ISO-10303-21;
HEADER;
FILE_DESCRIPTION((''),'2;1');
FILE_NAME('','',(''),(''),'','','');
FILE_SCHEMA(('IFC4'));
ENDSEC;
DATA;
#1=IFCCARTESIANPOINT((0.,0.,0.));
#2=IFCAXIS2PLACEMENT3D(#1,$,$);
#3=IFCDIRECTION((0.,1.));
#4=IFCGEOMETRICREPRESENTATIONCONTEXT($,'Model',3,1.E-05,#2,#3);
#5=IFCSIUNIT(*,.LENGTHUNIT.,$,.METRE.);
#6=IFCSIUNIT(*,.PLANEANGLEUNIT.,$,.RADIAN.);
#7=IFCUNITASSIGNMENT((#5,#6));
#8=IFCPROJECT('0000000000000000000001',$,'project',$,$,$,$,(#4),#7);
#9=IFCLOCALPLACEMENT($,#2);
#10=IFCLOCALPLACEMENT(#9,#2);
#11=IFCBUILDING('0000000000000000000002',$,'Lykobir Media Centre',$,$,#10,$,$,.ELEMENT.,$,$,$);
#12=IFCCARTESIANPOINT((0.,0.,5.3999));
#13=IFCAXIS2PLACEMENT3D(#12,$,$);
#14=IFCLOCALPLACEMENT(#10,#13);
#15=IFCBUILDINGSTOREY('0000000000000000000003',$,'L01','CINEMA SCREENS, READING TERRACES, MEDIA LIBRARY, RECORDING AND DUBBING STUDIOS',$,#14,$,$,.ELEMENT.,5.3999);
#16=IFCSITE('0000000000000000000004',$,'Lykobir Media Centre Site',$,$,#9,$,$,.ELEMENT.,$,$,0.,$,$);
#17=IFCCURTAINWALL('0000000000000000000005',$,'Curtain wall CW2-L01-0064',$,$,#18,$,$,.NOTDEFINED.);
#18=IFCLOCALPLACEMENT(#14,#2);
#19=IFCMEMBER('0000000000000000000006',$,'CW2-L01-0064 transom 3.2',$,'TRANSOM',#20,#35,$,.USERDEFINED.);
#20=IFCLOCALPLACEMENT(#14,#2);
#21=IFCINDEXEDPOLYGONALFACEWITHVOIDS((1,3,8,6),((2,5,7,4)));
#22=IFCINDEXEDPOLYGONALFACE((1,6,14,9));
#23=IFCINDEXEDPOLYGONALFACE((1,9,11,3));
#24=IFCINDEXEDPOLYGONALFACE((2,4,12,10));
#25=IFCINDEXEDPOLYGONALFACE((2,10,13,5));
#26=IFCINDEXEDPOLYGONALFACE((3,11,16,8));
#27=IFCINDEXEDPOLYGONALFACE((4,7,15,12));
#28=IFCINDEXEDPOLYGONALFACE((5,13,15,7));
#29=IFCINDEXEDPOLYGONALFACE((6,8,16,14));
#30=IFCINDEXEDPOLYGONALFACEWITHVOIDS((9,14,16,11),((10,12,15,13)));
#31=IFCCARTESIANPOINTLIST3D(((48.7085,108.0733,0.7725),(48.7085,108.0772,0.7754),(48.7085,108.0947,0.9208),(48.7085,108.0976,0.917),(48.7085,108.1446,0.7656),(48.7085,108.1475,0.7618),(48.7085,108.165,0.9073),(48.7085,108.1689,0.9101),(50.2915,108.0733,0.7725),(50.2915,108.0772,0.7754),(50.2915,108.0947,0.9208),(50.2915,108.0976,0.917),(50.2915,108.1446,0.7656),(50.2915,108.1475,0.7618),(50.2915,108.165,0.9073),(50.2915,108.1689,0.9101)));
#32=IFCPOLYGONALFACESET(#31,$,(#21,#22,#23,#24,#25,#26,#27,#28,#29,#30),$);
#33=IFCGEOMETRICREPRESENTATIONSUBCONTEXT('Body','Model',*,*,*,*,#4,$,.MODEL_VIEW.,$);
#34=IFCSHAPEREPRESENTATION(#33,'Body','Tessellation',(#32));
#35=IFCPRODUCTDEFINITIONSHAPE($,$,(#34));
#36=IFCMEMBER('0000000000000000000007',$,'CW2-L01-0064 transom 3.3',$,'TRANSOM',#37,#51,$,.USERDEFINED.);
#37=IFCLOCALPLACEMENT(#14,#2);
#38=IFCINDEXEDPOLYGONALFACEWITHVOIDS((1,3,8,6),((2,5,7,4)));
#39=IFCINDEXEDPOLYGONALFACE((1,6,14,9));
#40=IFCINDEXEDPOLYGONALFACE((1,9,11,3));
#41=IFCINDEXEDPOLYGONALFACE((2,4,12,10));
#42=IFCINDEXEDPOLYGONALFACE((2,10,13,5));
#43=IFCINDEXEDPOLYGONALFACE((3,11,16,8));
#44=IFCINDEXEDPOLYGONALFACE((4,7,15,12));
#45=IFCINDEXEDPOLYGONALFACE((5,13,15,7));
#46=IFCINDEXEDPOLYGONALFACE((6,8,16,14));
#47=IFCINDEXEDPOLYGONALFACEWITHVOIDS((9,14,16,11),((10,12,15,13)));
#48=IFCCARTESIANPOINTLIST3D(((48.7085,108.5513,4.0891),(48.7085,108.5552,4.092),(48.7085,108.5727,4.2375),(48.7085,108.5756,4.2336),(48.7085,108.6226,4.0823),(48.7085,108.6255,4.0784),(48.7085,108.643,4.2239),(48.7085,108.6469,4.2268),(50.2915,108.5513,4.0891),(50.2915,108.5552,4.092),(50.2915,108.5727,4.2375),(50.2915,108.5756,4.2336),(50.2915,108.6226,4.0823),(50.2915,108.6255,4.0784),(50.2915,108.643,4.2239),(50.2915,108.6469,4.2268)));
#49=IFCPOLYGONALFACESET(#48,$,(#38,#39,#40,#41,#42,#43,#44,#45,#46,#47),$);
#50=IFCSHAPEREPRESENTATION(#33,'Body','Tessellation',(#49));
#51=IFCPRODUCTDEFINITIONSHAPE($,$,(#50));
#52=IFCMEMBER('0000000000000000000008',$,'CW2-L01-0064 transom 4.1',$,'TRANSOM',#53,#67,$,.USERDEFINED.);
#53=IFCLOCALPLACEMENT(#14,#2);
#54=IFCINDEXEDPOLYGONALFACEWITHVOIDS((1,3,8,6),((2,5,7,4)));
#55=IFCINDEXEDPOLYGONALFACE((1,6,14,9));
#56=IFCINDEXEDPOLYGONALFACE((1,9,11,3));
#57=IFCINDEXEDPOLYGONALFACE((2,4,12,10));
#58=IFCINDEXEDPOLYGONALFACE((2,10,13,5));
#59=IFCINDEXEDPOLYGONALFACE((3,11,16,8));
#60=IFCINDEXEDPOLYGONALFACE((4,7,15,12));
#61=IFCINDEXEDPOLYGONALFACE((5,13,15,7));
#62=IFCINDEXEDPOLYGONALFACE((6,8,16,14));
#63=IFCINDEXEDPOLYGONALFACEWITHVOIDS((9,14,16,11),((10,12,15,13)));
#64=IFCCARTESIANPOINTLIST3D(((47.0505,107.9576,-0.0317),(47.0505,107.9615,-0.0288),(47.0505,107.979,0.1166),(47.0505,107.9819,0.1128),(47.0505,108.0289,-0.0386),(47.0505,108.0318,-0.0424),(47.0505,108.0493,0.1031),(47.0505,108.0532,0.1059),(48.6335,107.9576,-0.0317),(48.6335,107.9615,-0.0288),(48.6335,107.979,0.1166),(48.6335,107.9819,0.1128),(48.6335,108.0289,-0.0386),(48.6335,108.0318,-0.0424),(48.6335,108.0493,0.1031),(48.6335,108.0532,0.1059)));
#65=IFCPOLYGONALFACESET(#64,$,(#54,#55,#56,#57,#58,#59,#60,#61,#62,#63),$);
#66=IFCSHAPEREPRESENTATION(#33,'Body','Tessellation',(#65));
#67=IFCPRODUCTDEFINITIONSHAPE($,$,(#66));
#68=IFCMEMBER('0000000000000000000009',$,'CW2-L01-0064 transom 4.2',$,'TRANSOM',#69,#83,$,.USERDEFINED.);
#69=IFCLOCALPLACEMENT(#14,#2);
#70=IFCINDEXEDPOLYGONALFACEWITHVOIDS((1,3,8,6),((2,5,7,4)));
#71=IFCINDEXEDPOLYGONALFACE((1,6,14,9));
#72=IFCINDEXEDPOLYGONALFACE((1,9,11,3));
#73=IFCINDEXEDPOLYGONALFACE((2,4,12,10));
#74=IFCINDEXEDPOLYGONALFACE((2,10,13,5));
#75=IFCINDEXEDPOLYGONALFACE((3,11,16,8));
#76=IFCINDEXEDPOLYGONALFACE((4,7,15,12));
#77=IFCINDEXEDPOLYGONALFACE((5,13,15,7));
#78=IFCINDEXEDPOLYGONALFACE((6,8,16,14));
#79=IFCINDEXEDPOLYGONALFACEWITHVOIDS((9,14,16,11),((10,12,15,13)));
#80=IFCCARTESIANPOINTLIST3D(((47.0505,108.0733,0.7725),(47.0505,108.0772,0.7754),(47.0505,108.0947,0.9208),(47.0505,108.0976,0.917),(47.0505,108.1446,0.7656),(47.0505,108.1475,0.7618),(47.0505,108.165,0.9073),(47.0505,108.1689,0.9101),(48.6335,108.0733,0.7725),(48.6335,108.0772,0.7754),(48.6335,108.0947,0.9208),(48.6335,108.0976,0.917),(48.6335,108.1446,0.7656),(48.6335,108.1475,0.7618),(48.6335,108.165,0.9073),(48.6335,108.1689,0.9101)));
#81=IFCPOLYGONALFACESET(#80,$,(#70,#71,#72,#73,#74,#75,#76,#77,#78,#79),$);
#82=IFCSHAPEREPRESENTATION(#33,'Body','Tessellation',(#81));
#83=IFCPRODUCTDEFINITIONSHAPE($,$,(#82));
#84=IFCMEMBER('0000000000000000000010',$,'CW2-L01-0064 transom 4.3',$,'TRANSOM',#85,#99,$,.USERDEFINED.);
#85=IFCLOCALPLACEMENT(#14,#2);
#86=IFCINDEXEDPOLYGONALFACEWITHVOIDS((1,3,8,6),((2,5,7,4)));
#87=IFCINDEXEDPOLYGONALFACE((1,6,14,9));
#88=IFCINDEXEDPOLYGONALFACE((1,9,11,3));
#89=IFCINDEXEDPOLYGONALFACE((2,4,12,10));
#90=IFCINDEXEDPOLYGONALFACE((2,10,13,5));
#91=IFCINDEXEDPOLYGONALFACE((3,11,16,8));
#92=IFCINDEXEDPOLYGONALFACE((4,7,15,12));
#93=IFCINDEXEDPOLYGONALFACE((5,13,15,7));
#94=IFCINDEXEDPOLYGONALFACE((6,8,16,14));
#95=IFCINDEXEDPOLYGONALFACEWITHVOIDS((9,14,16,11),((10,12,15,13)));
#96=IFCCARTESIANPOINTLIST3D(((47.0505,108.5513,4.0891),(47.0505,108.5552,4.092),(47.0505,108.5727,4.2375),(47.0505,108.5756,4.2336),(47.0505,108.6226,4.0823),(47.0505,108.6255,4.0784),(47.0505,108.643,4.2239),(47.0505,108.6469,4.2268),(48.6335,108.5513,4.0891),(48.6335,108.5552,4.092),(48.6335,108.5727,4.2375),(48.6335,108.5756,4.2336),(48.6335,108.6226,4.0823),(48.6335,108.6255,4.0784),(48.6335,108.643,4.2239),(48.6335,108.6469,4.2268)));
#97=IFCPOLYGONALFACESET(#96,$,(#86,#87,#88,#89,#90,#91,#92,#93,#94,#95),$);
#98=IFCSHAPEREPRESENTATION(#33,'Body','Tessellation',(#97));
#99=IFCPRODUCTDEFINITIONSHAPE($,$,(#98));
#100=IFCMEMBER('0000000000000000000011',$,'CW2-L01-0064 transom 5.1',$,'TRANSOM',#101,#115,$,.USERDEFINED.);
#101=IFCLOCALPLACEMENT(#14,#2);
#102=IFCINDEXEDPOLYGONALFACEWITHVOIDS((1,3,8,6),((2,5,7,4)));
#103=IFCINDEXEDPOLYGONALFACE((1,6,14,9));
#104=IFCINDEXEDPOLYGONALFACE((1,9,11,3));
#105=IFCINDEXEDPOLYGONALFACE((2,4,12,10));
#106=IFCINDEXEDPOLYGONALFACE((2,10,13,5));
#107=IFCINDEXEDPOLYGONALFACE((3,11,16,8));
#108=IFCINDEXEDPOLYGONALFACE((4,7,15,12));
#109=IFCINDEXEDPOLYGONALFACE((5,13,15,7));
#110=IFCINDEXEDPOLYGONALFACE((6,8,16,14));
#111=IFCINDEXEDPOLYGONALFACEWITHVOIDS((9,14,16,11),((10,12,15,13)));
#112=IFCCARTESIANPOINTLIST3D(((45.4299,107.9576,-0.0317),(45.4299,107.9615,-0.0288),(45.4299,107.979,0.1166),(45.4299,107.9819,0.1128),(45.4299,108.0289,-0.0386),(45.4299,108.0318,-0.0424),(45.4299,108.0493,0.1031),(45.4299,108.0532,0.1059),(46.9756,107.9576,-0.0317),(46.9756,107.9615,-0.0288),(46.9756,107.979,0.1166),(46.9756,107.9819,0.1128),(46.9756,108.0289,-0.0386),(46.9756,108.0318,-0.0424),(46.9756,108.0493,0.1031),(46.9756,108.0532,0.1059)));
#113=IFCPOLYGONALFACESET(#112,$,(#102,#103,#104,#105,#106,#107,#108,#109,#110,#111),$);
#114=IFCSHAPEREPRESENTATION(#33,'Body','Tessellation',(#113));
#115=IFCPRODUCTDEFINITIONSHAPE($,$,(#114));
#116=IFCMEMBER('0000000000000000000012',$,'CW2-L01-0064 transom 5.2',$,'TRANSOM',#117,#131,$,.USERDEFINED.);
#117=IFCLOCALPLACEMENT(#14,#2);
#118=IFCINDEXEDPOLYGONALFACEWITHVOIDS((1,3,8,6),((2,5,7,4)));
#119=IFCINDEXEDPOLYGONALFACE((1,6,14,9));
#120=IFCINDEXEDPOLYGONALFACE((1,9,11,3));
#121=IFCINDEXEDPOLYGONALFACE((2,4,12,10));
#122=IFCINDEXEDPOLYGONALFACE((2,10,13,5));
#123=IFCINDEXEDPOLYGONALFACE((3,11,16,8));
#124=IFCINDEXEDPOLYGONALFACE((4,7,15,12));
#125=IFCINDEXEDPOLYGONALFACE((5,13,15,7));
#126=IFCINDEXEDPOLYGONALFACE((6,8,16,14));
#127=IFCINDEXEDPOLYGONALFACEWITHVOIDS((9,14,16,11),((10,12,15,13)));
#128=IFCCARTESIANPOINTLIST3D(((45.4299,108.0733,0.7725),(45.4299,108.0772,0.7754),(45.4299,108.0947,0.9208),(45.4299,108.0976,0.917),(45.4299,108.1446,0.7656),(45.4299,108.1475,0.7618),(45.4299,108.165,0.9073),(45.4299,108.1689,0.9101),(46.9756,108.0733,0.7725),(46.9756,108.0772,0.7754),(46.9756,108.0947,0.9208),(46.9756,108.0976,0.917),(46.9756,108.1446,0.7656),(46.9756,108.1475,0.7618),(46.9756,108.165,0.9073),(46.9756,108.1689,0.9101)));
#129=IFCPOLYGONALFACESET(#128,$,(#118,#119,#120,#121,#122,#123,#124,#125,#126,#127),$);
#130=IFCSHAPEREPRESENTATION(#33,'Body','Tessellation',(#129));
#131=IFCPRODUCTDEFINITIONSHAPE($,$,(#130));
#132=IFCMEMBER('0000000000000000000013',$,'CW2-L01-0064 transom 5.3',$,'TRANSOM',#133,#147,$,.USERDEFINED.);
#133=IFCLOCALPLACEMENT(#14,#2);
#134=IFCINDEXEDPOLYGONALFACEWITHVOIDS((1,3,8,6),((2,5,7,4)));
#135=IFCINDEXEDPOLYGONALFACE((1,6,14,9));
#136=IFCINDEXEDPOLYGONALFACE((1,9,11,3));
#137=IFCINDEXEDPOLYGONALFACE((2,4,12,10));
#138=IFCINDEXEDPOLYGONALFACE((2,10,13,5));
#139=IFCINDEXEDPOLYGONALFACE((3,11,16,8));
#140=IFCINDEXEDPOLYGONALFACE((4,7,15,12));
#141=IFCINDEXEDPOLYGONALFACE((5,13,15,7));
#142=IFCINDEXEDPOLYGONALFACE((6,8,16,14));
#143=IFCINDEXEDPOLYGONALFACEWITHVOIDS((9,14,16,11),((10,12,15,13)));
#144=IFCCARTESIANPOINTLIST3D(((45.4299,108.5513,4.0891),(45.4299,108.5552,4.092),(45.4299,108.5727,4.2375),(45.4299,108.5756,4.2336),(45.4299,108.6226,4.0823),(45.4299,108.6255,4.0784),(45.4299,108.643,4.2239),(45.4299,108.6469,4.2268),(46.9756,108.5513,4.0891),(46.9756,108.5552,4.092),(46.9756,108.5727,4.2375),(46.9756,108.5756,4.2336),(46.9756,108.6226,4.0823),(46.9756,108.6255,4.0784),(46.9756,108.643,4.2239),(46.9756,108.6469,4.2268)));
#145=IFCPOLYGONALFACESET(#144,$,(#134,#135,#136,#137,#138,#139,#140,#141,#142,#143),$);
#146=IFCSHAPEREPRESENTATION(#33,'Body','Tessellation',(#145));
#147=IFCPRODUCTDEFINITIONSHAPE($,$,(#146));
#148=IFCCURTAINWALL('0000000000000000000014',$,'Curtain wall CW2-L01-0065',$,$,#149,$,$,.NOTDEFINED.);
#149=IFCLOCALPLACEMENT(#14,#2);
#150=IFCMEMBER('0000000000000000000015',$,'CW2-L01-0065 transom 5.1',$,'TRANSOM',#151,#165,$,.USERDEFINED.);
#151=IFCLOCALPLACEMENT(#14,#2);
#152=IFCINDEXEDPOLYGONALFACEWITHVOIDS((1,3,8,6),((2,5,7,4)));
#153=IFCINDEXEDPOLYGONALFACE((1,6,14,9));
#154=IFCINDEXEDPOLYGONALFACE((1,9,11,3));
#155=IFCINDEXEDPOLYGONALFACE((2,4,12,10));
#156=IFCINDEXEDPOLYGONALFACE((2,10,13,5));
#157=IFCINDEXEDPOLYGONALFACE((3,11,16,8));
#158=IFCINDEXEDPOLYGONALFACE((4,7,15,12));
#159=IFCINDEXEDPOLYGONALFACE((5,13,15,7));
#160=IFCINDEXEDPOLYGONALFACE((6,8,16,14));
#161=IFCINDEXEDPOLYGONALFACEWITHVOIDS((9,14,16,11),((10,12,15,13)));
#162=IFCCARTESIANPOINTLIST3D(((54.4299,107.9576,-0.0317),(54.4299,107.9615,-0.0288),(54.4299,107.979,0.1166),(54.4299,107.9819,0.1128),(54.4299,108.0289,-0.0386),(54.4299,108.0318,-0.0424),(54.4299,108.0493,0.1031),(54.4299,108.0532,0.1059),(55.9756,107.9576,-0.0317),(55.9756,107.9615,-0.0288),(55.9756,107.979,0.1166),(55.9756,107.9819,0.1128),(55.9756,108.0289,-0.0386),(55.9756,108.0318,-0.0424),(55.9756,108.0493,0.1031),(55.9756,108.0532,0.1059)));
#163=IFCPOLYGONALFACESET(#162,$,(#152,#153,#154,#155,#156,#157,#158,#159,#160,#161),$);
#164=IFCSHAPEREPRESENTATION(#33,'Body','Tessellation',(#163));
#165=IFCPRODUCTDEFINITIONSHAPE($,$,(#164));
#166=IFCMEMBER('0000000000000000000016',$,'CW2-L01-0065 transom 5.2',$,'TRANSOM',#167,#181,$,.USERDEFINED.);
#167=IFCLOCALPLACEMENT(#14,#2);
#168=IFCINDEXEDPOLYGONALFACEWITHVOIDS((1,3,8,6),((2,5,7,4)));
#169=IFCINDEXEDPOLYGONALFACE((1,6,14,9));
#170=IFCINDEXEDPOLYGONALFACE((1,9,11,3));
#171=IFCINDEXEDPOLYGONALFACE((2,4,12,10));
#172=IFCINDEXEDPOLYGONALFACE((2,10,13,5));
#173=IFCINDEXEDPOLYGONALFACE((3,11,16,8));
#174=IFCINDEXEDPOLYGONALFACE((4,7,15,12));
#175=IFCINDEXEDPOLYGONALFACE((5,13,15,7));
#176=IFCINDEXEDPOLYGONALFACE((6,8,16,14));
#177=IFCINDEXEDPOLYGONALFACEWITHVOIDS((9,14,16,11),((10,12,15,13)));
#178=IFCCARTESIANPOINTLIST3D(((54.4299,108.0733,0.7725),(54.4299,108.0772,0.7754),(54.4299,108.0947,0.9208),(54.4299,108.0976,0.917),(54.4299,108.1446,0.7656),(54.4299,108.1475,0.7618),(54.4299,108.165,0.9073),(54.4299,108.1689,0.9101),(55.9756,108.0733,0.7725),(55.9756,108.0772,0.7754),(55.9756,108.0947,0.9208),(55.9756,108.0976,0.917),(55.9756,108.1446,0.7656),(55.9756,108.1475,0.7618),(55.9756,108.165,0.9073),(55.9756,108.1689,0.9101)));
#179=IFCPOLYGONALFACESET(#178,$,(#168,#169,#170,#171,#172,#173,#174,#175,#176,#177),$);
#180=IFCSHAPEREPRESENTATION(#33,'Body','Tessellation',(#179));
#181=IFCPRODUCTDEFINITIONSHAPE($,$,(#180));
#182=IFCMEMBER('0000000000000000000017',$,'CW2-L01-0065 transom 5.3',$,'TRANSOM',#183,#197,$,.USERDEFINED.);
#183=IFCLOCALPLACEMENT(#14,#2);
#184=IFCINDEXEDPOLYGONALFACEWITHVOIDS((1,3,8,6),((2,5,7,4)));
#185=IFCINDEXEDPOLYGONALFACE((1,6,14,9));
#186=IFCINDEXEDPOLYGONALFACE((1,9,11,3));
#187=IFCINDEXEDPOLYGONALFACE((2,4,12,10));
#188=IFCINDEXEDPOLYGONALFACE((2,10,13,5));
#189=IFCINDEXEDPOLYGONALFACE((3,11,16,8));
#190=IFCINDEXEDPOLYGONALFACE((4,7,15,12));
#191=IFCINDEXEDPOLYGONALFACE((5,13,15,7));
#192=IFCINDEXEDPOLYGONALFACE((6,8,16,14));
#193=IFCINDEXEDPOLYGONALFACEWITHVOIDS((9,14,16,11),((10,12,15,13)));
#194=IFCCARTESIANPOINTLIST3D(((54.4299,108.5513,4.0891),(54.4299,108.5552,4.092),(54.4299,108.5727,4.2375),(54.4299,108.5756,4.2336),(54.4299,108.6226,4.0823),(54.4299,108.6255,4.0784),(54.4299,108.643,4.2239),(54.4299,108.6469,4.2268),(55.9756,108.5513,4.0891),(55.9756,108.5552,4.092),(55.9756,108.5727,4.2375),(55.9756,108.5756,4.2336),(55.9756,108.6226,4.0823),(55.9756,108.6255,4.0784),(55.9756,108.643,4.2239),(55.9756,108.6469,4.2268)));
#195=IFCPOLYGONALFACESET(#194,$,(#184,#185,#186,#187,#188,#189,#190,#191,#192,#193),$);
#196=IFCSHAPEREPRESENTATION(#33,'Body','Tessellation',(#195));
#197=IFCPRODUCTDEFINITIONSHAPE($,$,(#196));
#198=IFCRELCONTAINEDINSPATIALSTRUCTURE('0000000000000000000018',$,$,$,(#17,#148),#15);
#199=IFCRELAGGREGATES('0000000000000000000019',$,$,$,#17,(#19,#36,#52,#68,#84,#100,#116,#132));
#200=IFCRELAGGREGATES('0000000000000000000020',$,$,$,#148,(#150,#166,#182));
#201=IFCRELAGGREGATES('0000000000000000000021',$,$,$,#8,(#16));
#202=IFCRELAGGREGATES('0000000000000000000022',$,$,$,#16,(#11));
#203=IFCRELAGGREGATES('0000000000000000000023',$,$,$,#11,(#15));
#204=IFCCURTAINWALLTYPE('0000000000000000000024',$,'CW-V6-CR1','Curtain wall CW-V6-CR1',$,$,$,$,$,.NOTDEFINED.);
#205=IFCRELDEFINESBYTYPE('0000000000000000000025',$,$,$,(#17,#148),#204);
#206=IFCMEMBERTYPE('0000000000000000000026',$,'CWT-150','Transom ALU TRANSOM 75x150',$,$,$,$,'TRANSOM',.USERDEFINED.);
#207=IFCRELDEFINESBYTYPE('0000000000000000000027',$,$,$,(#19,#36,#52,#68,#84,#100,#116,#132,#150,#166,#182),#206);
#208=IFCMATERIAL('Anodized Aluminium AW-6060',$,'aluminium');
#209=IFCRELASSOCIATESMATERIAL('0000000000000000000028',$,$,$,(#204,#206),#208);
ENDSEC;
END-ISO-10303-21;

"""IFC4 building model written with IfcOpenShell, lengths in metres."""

from ifc_helpers import new_model, si_unit, direction, frame, origin, origin_2d, place, context, subcontext, project, spatial, hollow_rectangle, extrude, material, material_profile, profile_set, type_object, element, aggregate, save


model = new_model("IFC4")

# Units and contexts
model_context = context("Model", 3, precision=1e-05, world=origin(), true_north=direction((0.0, 1.0)))
body_context = subcontext(model_context, "Body", "Model", "MODEL_VIEW")
ifc_project = project(units=[si_unit("LENGTHUNIT", "METRE"), si_unit("PLANEANGLEUNIT", "RADIAN")], contexts=[model_context])

# Site, building, storey
site_placement = place(None, origin())
site = spatial("IfcSite", under=ifc_project, at=site_placement, Name="Lykobir Media Centre Site", CompositionType="ELEMENT", RefElevation=0.0)
building_placement = place(site_placement, origin())
building = spatial("IfcBuilding", under=site, at=building_placement, Name="Lykobir Media Centre", CompositionType="ELEMENT")
storey_placement = place(building_placement, frame((0.0, 0.0, 5.3999)))
storey = spatial("IfcBuildingStorey", under=building, at=storey_placement, Name="L01", Description="CINEMA SCREENS, READING TERRACES, MEDIA LIBRARY, RECORDING AND DUBBING STUDIOS", CompositionType="ELEMENT", Elevation=5.3999)

# Curtain walls, members
ifc_material_1 = material(Name="Anodized Aluminium AW-6060", Category="aluminium")
curtain_wall_type = type_object("IfcCurtainWallType", Name="CW-V6-CR1", Description="Curtain wall CW-V6-CR1", PredefinedType="NOTDEFINED", material=ifc_material_1)
ifc_material_profile = material_profile(ifc_material_1, hollow_rectangle(XDim=0.075, YDim=0.1499, WallThickness=0.0034, at=origin_2d()), Name="ALU TRANSOM 75x150")
ifc_profile_set = profile_set([ifc_material_profile], Name="Anodized Aluminium AW-6060")
member_type = type_object("IfcMemberType", Name="CWT-150", Description="Transom ALU TRANSOM 75x150", ElementType="TRANSOM", PredefinedType="USERDEFINED", material=ifc_profile_set)
curtain_wall_1_placement = place(storey_placement, origin())
curtain_wall_1 = element("IfcCurtainWall", 1, at=curtain_wall_1_placement, inside=storey, type_object=curtain_wall_type, Name="Curtain wall CW2-L01-0064", PredefinedType="NOTDEFINED")
member_1_placement = place(storey_placement, frame((50.2915, 108.1211, 0.8413), z_axis=(-1.0, 0.0, 0.0), x_axis=(0.0, -0.989776, 0.142629)))
member_1 = element("IfcMember", 2, at=member_1_placement, type_object=member_type, Name="CW2-L01-0064 transom 3.2", ObjectType="TRANSOM", PredefinedType="USERDEFINED", context=body_context, shape_type="SweptSolid", body=[
    extrude(hollow_rectangle(XDim=0.075, YDim=0.1499, WallThickness=0.0034, at=origin_2d()), origin(), (0.0, 0.0, 1.0), 1.583),
])
member_2_placement = place(storey_placement, frame((50.2915, 108.5991, 4.158), z_axis=(-1.0, 0.0, 0.0), x_axis=(0.0, -0.989776, 0.142629)))
member_2 = element("IfcMember", 3, at=member_2_placement, type_object=member_type, Name="CW2-L01-0064 transom 3.3", ObjectType="TRANSOM", PredefinedType="USERDEFINED", context=body_context, shape_type="SweptSolid", body=[
    extrude(hollow_rectangle(XDim=0.075, YDim=0.1499, WallThickness=0.0034, at=origin_2d()), origin(), (0.0, 0.0, 1.0), 1.583),
])
member_3_placement = place(storey_placement, frame((48.6335, 108.0054, 0.0371), z_axis=(-1.0, 0.0, 0.0), x_axis=(0.0, -0.989776, 0.142629)))
member_3 = element("IfcMember", 4, at=member_3_placement, type_object=member_type, Name="CW2-L01-0064 transom 4.1", ObjectType="TRANSOM", PredefinedType="USERDEFINED", context=body_context, shape_type="SweptSolid", body=[
    extrude(hollow_rectangle(XDim=0.075, YDim=0.1499, WallThickness=0.0034, at=origin_2d()), origin(), (0.0, 0.0, 1.0), 1.583),
])
member_4_placement = place(storey_placement, frame((48.6335, 108.1211, 0.8413), z_axis=(-1.0, 0.0, 0.0), x_axis=(0.0, -0.989776, 0.142629)))
member_4 = element("IfcMember", 5, at=member_4_placement, type_object=member_type, Name="CW2-L01-0064 transom 4.2", ObjectType="TRANSOM", PredefinedType="USERDEFINED", context=body_context, shape_type="SweptSolid", body=[
    extrude(hollow_rectangle(XDim=0.075, YDim=0.1499, WallThickness=0.0034, at=origin_2d()), origin(), (0.0, 0.0, 1.0), 1.583),
])
member_5_placement = place(storey_placement, frame((48.6335, 108.5991, 4.158), z_axis=(-1.0, 0.0, 0.0), x_axis=(0.0, -0.989776, 0.142629)))
member_5 = element("IfcMember", 6, at=member_5_placement, type_object=member_type, Name="CW2-L01-0064 transom 4.3", ObjectType="TRANSOM", PredefinedType="USERDEFINED", context=body_context, shape_type="SweptSolid", body=[
    extrude(hollow_rectangle(XDim=0.075, YDim=0.1499, WallThickness=0.0034, at=origin_2d()), origin(), (0.0, 0.0, 1.0), 1.583),
])
member_6_placement = place(storey_placement, frame((46.9756, 108.0054, 0.0371), z_axis=(-1.0, 0.0, 0.0), x_axis=(0.0, -0.989776, 0.142629)))
member_6 = element("IfcMember", 7, at=member_6_placement, type_object=member_type, Name="CW2-L01-0064 transom 5.1", ObjectType="TRANSOM", PredefinedType="USERDEFINED", context=body_context, shape_type="SweptSolid", body=[
    extrude(hollow_rectangle(XDim=0.075, YDim=0.1499, WallThickness=0.0034, at=origin_2d()), origin(), (0.0, 0.0, 1.0), 1.5457),
])
member_7_placement = place(storey_placement, frame((46.9756, 108.1211, 0.8413), z_axis=(-1.0, 0.0, 0.0), x_axis=(0.0, -0.989776, 0.142629)))
member_7 = element("IfcMember", 8, at=member_7_placement, type_object=member_type, Name="CW2-L01-0064 transom 5.2", ObjectType="TRANSOM", PredefinedType="USERDEFINED", context=body_context, shape_type="SweptSolid", body=[
    extrude(hollow_rectangle(XDim=0.075, YDim=0.1499, WallThickness=0.0034, at=origin_2d()), origin(), (0.0, 0.0, 1.0), 1.5457),
])
member_8_placement = place(storey_placement, frame((46.9756, 108.5991, 4.158), z_axis=(-1.0, 0.0, 0.0), x_axis=(0.0, -0.989776, 0.142629)))
member_8 = element("IfcMember", 9, at=member_8_placement, type_object=member_type, Name="CW2-L01-0064 transom 5.3", ObjectType="TRANSOM", PredefinedType="USERDEFINED", context=body_context, shape_type="SweptSolid", body=[
    extrude(hollow_rectangle(XDim=0.075, YDim=0.1499, WallThickness=0.0034, at=origin_2d()), origin(), (0.0, 0.0, 1.0), 1.5457),
])
curtain_wall_2_placement = place(storey_placement, origin())
curtain_wall_2 = element("IfcCurtainWall", 10, at=curtain_wall_2_placement, inside=storey, type_object=curtain_wall_type, Name="Curtain wall CW2-L01-0065", PredefinedType="NOTDEFINED")
member_9_placement = place(storey_placement, frame((55.9756, 108.0054, 0.0371), z_axis=(-1.0, 0.0, 0.0), x_axis=(0.0, -0.989776, 0.142629)))
member_9 = element("IfcMember", 11, at=member_9_placement, type_object=member_type, Name="CW2-L01-0065 transom 5.1", ObjectType="TRANSOM", PredefinedType="USERDEFINED", context=body_context, shape_type="SweptSolid", body=[
    extrude(hollow_rectangle(XDim=0.075, YDim=0.1499, WallThickness=0.0034, at=origin_2d()), origin(), (0.0, 0.0, 1.0), 1.5457),
])
member_10_placement = place(storey_placement, frame((55.9756, 108.1211, 0.8413), z_axis=(-1.0, 0.0, 0.0), x_axis=(0.0, -0.989776, 0.142629)))
member_10 = element("IfcMember", 12, at=member_10_placement, type_object=member_type, Name="CW2-L01-0065 transom 5.2", ObjectType="TRANSOM", PredefinedType="USERDEFINED", context=body_context, shape_type="SweptSolid", body=[
    extrude(hollow_rectangle(XDim=0.075, YDim=0.1499, WallThickness=0.0034, at=origin_2d()), origin(), (0.0, 0.0, 1.0), 1.5457),
])
member_11_placement = place(storey_placement, frame((55.9756, 108.5991, 4.158), z_axis=(-1.0, 0.0, 0.0), x_axis=(0.0, -0.989776, 0.142629)))
member_11 = element("IfcMember", 13, at=member_11_placement, type_object=member_type, Name="CW2-L01-0065 transom 5.3", ObjectType="TRANSOM", PredefinedType="USERDEFINED", context=body_context, shape_type="SweptSolid", body=[
    extrude(hollow_rectangle(XDim=0.075, YDim=0.1499, WallThickness=0.0034, at=origin_2d()), origin(), (0.0, 0.0, 1.0), 1.5457),
])

aggregate(curtain_wall_1, [member_1, member_2, member_3, member_4, member_5, member_6, member_7, member_8])
aggregate(curtain_wall_2, [member_9, member_10, member_11])

save(model, "model.ifc")
